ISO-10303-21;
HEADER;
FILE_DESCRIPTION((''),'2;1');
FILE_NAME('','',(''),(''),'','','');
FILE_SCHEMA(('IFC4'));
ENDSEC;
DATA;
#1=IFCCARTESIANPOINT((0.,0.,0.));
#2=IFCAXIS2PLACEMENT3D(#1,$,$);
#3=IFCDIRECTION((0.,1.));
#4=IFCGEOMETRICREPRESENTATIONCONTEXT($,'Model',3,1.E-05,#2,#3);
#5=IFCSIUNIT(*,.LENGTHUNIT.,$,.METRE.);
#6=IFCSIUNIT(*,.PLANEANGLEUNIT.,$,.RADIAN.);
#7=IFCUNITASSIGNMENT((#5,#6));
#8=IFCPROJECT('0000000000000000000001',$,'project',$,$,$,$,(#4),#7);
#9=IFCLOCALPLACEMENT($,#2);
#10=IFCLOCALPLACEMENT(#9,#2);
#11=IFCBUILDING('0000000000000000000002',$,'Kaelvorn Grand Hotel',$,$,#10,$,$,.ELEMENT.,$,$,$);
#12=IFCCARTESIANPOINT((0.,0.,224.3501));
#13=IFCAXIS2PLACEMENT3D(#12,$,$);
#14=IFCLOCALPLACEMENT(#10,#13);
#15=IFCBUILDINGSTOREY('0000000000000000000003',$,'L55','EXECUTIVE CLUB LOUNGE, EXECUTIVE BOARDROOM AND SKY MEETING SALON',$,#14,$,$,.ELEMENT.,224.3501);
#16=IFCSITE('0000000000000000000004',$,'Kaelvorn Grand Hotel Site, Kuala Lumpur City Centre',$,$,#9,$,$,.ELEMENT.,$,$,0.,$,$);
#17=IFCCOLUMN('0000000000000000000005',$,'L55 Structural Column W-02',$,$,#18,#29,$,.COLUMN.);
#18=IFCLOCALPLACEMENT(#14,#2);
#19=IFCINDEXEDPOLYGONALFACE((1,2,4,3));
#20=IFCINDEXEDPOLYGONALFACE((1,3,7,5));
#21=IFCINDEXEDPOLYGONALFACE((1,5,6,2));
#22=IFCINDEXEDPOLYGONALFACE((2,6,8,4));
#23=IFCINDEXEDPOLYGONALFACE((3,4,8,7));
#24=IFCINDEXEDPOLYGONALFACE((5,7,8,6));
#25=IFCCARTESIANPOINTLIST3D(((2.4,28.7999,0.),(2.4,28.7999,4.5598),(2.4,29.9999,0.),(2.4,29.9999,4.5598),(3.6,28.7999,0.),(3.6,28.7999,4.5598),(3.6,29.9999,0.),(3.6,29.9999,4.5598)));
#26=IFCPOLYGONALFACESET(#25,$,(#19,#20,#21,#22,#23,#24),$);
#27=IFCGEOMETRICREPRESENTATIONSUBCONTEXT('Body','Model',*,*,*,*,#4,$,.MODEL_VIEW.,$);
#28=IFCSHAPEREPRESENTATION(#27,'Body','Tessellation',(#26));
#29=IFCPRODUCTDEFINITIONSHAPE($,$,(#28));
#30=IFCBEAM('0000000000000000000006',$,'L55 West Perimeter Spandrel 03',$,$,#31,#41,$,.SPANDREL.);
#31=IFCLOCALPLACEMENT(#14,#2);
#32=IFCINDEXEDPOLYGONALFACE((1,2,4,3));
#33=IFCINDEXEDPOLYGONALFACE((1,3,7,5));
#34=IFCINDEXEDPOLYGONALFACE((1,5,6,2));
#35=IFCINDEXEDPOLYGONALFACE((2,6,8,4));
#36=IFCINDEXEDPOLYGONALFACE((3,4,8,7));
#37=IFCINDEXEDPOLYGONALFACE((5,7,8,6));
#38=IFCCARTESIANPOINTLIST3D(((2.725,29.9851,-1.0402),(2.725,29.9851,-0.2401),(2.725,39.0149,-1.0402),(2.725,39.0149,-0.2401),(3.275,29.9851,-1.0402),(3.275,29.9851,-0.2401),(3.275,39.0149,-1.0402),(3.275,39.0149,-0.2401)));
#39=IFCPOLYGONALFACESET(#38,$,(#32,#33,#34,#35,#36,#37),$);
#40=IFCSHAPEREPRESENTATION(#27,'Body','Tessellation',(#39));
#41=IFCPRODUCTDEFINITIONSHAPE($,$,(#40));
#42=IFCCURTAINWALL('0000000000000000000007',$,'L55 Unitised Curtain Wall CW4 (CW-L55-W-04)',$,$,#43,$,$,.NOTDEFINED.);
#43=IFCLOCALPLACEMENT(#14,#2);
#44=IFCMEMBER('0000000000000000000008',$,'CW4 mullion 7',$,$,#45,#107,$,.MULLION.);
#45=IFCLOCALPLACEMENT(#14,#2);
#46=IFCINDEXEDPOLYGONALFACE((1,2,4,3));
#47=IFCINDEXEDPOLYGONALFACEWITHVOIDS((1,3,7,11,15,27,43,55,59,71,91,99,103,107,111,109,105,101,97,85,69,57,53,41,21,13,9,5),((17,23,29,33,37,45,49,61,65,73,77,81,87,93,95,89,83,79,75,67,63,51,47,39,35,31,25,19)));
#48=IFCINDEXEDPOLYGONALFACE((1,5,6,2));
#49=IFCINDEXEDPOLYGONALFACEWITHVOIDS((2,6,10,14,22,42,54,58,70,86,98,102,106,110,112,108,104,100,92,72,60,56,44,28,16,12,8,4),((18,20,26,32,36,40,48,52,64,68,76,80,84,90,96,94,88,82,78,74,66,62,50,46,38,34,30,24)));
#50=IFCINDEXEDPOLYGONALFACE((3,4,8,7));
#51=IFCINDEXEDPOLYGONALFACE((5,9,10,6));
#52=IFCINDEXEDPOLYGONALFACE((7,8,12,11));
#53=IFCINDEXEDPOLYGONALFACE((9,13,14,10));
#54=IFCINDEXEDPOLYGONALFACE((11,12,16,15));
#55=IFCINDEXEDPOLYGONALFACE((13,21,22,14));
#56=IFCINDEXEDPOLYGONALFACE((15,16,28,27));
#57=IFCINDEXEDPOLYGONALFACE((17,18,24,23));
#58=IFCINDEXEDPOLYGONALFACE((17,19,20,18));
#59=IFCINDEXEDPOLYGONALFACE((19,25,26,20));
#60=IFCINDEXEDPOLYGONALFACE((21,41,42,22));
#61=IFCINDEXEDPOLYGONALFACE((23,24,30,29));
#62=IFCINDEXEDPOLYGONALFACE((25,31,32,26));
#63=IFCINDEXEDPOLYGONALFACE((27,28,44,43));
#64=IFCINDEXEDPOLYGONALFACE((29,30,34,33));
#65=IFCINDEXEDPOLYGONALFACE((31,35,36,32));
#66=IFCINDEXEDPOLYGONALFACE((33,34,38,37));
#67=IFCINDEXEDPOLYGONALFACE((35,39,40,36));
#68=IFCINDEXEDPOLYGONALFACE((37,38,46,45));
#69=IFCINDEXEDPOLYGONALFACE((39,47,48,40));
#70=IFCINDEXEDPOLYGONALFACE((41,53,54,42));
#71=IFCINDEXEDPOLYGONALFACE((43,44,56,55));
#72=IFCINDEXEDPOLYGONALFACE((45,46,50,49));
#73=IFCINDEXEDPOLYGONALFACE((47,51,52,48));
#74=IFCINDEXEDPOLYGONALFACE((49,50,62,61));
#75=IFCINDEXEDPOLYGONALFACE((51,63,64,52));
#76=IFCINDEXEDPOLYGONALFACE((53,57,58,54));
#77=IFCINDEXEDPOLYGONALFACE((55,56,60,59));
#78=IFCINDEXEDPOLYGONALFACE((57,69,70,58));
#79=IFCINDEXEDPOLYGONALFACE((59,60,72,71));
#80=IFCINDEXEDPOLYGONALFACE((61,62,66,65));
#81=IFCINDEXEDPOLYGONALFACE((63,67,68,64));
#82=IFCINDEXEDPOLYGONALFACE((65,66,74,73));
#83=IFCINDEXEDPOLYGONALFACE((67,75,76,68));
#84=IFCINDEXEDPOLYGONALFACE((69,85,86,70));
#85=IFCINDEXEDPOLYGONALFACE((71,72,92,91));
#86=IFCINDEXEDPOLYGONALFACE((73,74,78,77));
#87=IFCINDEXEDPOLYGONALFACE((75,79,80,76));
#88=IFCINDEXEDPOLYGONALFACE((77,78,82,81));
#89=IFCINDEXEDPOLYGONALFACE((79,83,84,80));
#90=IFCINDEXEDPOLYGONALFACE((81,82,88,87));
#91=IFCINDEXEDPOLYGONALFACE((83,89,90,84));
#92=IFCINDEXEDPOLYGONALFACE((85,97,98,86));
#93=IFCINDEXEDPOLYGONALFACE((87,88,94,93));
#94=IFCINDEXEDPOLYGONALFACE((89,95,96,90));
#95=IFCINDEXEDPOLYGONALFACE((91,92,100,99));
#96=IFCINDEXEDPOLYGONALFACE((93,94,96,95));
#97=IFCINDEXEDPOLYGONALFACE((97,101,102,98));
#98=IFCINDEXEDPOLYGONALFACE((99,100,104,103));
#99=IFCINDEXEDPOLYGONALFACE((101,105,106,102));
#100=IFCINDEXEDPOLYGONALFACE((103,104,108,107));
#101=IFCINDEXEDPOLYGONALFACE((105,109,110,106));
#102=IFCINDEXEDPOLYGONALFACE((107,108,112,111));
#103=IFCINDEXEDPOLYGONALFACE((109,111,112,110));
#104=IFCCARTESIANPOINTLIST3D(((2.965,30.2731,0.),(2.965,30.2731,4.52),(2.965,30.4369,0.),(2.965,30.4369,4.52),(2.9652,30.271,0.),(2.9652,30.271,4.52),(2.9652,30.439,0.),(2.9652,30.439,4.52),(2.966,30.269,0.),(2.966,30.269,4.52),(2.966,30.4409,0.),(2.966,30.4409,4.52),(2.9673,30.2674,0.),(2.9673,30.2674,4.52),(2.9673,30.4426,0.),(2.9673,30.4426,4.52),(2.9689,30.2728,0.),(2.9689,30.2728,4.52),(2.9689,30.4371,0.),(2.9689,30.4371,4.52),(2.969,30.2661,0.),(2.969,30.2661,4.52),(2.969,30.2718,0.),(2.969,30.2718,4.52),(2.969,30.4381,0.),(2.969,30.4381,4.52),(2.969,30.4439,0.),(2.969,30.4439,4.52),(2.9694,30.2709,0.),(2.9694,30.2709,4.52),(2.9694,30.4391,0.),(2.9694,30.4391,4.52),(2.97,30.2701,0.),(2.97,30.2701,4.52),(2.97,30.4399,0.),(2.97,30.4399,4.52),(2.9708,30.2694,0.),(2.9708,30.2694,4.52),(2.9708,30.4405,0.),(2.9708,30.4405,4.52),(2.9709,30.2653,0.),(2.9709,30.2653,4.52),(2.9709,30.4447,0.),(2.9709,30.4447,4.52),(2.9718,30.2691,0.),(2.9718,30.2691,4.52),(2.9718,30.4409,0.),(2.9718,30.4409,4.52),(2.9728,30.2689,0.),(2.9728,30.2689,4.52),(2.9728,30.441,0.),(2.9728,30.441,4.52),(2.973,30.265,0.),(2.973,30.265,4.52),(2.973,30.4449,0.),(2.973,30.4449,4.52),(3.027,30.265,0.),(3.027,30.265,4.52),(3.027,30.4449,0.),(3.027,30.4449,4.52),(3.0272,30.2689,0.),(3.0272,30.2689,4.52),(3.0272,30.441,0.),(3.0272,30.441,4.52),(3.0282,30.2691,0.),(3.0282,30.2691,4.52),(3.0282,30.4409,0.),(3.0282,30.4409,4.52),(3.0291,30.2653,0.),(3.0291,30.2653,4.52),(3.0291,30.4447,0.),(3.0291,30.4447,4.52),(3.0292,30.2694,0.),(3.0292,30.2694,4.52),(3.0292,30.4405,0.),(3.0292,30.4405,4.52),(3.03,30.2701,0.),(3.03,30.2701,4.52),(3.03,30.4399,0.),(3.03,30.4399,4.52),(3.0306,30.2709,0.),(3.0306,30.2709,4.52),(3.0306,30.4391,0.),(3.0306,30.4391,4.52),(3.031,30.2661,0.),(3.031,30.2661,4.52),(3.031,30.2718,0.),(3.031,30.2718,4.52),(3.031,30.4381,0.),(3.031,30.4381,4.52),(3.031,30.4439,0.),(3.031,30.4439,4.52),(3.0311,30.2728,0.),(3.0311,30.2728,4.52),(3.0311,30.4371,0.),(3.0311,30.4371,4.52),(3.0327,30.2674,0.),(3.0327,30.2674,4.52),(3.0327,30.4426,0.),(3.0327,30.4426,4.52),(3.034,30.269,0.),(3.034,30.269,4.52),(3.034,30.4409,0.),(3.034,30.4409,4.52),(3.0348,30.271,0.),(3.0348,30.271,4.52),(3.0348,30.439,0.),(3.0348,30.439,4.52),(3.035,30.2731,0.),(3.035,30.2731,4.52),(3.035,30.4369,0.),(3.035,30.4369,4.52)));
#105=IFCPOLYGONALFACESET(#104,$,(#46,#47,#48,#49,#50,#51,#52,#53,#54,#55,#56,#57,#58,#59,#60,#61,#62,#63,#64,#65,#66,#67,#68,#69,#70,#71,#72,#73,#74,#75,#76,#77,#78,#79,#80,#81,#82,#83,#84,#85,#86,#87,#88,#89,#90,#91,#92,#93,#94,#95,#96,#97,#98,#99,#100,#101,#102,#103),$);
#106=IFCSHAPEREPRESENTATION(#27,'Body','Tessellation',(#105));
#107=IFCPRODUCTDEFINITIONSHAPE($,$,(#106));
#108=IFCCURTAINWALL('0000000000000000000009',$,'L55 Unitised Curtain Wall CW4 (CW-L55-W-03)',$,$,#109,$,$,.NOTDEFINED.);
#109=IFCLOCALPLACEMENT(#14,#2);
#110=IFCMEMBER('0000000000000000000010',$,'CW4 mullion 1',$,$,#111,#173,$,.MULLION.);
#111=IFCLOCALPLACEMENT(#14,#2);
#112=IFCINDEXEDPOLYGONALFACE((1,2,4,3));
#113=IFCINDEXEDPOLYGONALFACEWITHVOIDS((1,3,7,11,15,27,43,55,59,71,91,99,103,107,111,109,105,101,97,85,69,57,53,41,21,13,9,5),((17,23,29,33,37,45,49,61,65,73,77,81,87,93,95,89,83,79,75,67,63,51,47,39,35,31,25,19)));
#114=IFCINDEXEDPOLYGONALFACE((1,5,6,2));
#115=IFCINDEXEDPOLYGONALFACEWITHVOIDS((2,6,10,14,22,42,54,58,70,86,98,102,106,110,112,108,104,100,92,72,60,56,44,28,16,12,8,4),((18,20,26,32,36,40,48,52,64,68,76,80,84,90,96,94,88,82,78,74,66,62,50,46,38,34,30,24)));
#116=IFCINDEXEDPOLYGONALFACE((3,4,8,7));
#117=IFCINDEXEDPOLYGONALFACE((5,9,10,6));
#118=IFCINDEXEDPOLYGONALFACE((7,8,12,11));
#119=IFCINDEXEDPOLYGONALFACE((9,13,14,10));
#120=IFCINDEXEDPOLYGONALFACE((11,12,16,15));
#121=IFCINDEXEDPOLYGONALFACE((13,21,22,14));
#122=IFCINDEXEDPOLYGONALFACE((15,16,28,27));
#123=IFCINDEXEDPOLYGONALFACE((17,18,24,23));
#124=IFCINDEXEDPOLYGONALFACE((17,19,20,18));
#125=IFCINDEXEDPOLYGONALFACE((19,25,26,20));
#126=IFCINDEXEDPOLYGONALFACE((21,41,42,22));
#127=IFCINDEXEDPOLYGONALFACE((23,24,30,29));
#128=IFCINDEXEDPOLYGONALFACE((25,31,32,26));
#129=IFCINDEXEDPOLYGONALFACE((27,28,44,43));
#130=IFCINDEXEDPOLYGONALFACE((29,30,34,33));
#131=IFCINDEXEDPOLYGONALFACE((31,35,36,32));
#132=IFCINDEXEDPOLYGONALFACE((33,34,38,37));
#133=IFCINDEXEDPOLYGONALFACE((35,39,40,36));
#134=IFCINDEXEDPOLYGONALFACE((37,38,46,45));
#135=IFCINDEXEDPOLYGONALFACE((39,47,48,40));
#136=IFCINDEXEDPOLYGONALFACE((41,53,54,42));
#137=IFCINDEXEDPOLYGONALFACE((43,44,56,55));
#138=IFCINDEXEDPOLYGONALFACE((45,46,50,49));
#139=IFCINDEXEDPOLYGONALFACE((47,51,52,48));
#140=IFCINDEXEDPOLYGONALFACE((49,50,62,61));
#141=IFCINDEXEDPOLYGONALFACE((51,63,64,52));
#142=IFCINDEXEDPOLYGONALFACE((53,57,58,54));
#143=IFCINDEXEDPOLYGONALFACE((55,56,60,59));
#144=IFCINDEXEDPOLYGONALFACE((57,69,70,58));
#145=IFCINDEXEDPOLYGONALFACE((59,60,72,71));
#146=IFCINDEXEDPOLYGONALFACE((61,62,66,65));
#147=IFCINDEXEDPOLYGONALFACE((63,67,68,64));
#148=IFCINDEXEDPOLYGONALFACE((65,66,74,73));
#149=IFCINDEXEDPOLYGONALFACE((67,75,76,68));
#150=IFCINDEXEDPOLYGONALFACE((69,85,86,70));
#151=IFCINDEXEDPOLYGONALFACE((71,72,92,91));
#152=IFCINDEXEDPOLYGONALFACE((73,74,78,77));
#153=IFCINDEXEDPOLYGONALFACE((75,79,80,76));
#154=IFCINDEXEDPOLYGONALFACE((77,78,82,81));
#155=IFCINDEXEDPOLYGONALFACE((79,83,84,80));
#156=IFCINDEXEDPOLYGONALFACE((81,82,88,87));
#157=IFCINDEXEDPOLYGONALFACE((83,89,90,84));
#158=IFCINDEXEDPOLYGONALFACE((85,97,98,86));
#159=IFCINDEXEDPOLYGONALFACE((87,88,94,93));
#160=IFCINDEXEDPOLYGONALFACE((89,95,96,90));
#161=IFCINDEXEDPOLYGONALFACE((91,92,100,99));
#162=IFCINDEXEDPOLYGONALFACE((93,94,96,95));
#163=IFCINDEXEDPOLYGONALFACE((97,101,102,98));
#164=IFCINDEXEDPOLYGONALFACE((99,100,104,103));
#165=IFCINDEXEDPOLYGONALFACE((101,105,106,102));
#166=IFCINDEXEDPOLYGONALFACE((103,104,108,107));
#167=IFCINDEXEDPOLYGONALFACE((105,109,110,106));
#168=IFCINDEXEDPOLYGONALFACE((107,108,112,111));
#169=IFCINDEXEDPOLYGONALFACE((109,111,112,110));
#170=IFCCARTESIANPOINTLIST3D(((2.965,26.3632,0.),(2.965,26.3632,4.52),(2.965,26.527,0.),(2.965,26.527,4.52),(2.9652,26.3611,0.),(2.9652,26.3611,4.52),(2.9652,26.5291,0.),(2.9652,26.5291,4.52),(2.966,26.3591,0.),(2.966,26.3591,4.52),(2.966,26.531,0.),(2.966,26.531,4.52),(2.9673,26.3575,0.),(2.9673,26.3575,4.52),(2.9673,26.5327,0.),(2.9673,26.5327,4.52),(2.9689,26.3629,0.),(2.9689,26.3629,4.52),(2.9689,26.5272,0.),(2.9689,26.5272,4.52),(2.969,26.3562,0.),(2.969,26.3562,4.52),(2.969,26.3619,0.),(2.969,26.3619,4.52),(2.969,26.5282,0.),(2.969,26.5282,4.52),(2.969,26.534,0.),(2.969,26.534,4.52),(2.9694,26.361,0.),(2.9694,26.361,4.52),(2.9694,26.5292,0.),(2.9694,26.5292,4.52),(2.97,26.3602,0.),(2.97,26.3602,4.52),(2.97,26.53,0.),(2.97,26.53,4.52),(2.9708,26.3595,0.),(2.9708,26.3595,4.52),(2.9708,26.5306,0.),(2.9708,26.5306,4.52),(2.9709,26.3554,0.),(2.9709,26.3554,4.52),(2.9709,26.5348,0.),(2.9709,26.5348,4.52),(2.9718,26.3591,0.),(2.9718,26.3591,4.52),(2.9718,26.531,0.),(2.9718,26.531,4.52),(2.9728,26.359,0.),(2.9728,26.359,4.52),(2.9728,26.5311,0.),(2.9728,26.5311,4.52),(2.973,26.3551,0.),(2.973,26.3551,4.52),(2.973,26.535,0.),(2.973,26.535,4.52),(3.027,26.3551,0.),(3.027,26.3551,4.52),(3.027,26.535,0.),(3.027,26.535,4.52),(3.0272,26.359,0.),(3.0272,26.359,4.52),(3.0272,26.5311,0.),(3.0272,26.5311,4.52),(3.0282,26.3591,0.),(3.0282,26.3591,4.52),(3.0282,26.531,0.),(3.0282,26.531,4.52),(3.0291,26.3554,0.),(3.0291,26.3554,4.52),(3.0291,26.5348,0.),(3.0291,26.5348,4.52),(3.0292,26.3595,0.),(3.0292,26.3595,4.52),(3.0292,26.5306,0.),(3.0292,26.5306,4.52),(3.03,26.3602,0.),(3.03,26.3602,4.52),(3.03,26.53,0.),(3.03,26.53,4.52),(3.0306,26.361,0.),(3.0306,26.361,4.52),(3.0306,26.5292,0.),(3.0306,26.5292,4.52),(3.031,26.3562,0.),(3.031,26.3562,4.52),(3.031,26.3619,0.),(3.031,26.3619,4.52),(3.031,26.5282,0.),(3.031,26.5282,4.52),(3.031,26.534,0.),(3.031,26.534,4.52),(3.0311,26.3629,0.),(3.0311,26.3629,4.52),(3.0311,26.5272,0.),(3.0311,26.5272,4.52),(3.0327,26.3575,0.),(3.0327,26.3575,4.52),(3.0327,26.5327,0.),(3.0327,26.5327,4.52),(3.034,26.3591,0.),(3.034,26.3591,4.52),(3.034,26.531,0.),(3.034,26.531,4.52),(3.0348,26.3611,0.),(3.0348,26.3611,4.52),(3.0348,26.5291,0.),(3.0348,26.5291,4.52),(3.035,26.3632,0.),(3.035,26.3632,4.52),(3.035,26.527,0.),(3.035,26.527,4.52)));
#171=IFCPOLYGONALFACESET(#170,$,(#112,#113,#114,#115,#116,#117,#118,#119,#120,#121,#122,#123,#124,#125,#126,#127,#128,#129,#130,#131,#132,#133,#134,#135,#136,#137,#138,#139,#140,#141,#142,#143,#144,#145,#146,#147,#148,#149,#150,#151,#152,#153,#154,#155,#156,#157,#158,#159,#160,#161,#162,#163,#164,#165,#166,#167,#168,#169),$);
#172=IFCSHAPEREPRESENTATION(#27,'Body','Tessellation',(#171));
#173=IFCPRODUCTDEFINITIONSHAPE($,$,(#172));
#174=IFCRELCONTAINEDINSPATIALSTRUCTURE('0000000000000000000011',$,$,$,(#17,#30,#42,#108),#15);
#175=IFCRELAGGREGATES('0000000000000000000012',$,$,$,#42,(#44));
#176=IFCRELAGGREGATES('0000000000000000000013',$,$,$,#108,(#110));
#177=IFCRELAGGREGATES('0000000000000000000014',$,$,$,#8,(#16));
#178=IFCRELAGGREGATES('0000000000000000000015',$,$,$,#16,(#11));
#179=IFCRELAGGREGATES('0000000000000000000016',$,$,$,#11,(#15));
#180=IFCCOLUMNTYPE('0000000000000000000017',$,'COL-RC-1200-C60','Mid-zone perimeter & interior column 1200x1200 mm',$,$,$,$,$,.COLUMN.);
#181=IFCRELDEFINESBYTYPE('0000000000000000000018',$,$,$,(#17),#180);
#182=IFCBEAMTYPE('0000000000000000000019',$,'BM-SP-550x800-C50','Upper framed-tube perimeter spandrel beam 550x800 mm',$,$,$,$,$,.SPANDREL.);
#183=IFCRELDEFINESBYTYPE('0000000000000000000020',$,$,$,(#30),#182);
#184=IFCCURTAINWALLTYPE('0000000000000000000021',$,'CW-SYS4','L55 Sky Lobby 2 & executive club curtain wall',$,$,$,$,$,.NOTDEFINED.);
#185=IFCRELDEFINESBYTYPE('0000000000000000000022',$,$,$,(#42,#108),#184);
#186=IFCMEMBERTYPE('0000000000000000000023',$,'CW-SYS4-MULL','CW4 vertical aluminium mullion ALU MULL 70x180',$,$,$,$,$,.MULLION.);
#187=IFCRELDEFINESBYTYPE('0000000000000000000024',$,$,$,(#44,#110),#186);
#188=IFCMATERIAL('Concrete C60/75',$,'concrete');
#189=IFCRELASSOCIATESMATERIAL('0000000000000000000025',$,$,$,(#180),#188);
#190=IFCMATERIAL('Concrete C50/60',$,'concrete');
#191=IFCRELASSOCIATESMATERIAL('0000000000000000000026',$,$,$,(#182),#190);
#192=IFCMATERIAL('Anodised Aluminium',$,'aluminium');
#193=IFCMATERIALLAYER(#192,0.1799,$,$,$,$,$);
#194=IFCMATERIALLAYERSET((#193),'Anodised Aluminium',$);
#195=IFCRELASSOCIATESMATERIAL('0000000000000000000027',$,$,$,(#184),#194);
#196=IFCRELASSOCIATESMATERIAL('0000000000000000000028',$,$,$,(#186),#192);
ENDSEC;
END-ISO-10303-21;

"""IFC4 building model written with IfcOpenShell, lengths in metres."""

from ifc_helpers import new_model, si_unit, direction, frame, origin, origin_2d, place, context, subcontext, project, spatial, rectangle, hollow_rectangle, extrude, material, layer, layer_set, material_profile, profile_set, type_object, element, aggregate, save


model = new_model("IFC4")

# Units and contexts
model_context = context("Model", 3, precision=1e-05, world=origin(), true_north=direction((0.0, 1.0)))
body_context = subcontext(model_context, "Body", "Model", "MODEL_VIEW")
ifc_project = project(units=[si_unit("LENGTHUNIT", "METRE"), si_unit("PLANEANGLEUNIT", "RADIAN")], contexts=[model_context])

# Site, building, storey
site_placement = place(None, origin())
site = spatial("IfcSite", under=ifc_project, at=site_placement, Name="Kaelvorn Grand Hotel Site, Kuala Lumpur City Centre", CompositionType="ELEMENT", RefElevation=0.0)
building_placement = place(site_placement, origin())
building = spatial("IfcBuilding", under=site, at=building_placement, Name="Kaelvorn Grand Hotel", CompositionType="ELEMENT")
storey_placement = place(building_placement, frame((0.0, 0.0, 224.3501)))
storey = spatial("IfcBuildingStorey", under=building, at=storey_placement, Name="L55", Description="EXECUTIVE CLUB LOUNGE, EXECUTIVE BOARDROOM AND SKY MEETING SALON", CompositionType="ELEMENT", Elevation=224.3501)

# Column
ifc_material_1 = material(Name="Concrete C60/75", Category="concrete")
ifc_material_profile_1 = material_profile(ifc_material_1, rectangle(XDim=1.2, YDim=1.2, at=origin_2d()), Name="RC COL 1200x1200")
ifc_profile_set_1 = profile_set([ifc_material_profile_1], Name="Concrete C60/75")
column_type = type_object("IfcColumnType", Name="COL-RC-1200-C60", Description="Mid-zone perimeter & interior column 1200x1200 mm", PredefinedType="COLUMN", material=ifc_profile_set_1)
column_placement = place(storey_placement, frame((3.0, 29.3999, 0.0), z_axis=(0.0, 0.0, 1.0), x_axis=(1.0, 0.0, 0.0)))
element("IfcColumn", 1, at=column_placement, inside=storey, type_object=column_type, Name="L55 Structural Column W-02", PredefinedType="COLUMN", context=body_context, shape_type="SweptSolid", body=[
    extrude(rectangle(XDim=1.2, YDim=1.2, at=origin_2d()), origin(), (0.0, 0.0, 1.0), 4.5598),
])

# Beam
ifc_material_2 = material(Name="Concrete C50/60", Category="concrete")
ifc_material_profile_2 = material_profile(ifc_material_2, rectangle(XDim=0.55, YDim=0.8, at=origin_2d()), Name="RC SPANDREL 550x800")
ifc_profile_set_2 = profile_set([ifc_material_profile_2], Name="Concrete C50/60")
beam_type = type_object("IfcBeamType", Name="BM-SP-550x800-C50", Description="Upper framed-tube perimeter spandrel beam 550x800 mm", PredefinedType="SPANDREL", material=ifc_profile_set_2)
beam_placement = place(storey_placement, frame((3.0, 29.9851, -0.6401), z_axis=(0.0, 1.0, 0.0), x_axis=(-1.0, 0.0, 0.0)))
element("IfcBeam", 2, at=beam_placement, inside=storey, type_object=beam_type, Name="L55 West Perimeter Spandrel 03", PredefinedType="SPANDREL", context=body_context, shape_type="SweptSolid", body=[
    extrude(rectangle(XDim=0.55, YDim=0.8, at=origin_2d()), origin(), (0.0, 0.0, 1.0), 9.0298),
])

# Curtain wall, member
ifc_material_3 = material(Name="Anodised Aluminium", Category="aluminium")
ifc_layer_1 = layer(ifc_material_3, 0.1799)
ifc_layer_set_1 = layer_set([ifc_layer_1], Name="Anodised Aluminium")
curtain_wall_type = type_object("IfcCurtainWallType", Name="CW-SYS4", Description="L55 Sky Lobby 2 & executive club curtain wall", PredefinedType="NOTDEFINED", material=ifc_layer_set_1)
curtain_wall_1_placement = place(storey_placement, origin())
curtain_wall_1 = element("IfcCurtainWall", 3, at=curtain_wall_1_placement, inside=storey, type_object=curtain_wall_type, Name="L55 Unitised Curtain Wall CW4 (CW-L55-W-04)", PredefinedType="NOTDEFINED")
ifc_material_profile_3 = material_profile(ifc_material_3, hollow_rectangle(XDim=0.0701, YDim=0.1799, WallThickness=0.0039, InnerFilletRadius=0.0039, OuterFilletRadius=0.0081, at=origin_2d()), Name="ALU MULL 70x180")
ifc_profile_set_3 = profile_set([ifc_material_profile_3], Name="Anodised Aluminium")
member_type_1 = type_object("IfcMemberType", Name="CW-SYS4-MULL", Description="CW4 vertical aluminium mullion ALU MULL 70x180", PredefinedType="MULLION", material=ifc_profile_set_3)
member_1_placement = place(storey_placement, frame((3.0, 30.355, 0.0), z_axis=(0.0, 0.0, 1.0), x_axis=(1.0, 0.0, 0.0)))
member_1 = element("IfcMember", 4, at=member_1_placement, type_object=member_type_1, Name="CW4 mullion 7", PredefinedType="MULLION", context=body_context, shape_type="SweptSolid", body=[
    extrude(hollow_rectangle(XDim=0.0701, YDim=0.1799, WallThickness=0.0039, InnerFilletRadius=0.0039, OuterFilletRadius=0.0081, at=origin_2d()), origin(), (0.0, 0.0, 1.0), 4.52),
])

# Curtain wall, member
curtain_wall_2_placement = place(storey_placement, origin())
curtain_wall_2 = element("IfcCurtainWall", 5, at=curtain_wall_2_placement, inside=storey, type_object=curtain_wall_type, Name="L55 Unitised Curtain Wall CW4 (CW-L55-W-03)", PredefinedType="NOTDEFINED")
member_2_placement = place(storey_placement, frame((3.0, 26.4451, 0.0), z_axis=(0.0, 0.0, 1.0), x_axis=(1.0, 0.0, 0.0)))
member_2 = element("IfcMember", 6, at=member_2_placement, type_object=member_type_1, Name="CW4 mullion 1", PredefinedType="MULLION", context=body_context, shape_type="SweptSolid", body=[
    extrude(hollow_rectangle(XDim=0.0701, YDim=0.1799, WallThickness=0.0039, InnerFilletRadius=0.0039, OuterFilletRadius=0.0081, at=origin_2d()), origin(), (0.0, 0.0, 1.0), 4.52),
])

aggregate(curtain_wall_1, [member_1])
aggregate(curtain_wall_2, [member_2])

save(model, "model.ifc")
